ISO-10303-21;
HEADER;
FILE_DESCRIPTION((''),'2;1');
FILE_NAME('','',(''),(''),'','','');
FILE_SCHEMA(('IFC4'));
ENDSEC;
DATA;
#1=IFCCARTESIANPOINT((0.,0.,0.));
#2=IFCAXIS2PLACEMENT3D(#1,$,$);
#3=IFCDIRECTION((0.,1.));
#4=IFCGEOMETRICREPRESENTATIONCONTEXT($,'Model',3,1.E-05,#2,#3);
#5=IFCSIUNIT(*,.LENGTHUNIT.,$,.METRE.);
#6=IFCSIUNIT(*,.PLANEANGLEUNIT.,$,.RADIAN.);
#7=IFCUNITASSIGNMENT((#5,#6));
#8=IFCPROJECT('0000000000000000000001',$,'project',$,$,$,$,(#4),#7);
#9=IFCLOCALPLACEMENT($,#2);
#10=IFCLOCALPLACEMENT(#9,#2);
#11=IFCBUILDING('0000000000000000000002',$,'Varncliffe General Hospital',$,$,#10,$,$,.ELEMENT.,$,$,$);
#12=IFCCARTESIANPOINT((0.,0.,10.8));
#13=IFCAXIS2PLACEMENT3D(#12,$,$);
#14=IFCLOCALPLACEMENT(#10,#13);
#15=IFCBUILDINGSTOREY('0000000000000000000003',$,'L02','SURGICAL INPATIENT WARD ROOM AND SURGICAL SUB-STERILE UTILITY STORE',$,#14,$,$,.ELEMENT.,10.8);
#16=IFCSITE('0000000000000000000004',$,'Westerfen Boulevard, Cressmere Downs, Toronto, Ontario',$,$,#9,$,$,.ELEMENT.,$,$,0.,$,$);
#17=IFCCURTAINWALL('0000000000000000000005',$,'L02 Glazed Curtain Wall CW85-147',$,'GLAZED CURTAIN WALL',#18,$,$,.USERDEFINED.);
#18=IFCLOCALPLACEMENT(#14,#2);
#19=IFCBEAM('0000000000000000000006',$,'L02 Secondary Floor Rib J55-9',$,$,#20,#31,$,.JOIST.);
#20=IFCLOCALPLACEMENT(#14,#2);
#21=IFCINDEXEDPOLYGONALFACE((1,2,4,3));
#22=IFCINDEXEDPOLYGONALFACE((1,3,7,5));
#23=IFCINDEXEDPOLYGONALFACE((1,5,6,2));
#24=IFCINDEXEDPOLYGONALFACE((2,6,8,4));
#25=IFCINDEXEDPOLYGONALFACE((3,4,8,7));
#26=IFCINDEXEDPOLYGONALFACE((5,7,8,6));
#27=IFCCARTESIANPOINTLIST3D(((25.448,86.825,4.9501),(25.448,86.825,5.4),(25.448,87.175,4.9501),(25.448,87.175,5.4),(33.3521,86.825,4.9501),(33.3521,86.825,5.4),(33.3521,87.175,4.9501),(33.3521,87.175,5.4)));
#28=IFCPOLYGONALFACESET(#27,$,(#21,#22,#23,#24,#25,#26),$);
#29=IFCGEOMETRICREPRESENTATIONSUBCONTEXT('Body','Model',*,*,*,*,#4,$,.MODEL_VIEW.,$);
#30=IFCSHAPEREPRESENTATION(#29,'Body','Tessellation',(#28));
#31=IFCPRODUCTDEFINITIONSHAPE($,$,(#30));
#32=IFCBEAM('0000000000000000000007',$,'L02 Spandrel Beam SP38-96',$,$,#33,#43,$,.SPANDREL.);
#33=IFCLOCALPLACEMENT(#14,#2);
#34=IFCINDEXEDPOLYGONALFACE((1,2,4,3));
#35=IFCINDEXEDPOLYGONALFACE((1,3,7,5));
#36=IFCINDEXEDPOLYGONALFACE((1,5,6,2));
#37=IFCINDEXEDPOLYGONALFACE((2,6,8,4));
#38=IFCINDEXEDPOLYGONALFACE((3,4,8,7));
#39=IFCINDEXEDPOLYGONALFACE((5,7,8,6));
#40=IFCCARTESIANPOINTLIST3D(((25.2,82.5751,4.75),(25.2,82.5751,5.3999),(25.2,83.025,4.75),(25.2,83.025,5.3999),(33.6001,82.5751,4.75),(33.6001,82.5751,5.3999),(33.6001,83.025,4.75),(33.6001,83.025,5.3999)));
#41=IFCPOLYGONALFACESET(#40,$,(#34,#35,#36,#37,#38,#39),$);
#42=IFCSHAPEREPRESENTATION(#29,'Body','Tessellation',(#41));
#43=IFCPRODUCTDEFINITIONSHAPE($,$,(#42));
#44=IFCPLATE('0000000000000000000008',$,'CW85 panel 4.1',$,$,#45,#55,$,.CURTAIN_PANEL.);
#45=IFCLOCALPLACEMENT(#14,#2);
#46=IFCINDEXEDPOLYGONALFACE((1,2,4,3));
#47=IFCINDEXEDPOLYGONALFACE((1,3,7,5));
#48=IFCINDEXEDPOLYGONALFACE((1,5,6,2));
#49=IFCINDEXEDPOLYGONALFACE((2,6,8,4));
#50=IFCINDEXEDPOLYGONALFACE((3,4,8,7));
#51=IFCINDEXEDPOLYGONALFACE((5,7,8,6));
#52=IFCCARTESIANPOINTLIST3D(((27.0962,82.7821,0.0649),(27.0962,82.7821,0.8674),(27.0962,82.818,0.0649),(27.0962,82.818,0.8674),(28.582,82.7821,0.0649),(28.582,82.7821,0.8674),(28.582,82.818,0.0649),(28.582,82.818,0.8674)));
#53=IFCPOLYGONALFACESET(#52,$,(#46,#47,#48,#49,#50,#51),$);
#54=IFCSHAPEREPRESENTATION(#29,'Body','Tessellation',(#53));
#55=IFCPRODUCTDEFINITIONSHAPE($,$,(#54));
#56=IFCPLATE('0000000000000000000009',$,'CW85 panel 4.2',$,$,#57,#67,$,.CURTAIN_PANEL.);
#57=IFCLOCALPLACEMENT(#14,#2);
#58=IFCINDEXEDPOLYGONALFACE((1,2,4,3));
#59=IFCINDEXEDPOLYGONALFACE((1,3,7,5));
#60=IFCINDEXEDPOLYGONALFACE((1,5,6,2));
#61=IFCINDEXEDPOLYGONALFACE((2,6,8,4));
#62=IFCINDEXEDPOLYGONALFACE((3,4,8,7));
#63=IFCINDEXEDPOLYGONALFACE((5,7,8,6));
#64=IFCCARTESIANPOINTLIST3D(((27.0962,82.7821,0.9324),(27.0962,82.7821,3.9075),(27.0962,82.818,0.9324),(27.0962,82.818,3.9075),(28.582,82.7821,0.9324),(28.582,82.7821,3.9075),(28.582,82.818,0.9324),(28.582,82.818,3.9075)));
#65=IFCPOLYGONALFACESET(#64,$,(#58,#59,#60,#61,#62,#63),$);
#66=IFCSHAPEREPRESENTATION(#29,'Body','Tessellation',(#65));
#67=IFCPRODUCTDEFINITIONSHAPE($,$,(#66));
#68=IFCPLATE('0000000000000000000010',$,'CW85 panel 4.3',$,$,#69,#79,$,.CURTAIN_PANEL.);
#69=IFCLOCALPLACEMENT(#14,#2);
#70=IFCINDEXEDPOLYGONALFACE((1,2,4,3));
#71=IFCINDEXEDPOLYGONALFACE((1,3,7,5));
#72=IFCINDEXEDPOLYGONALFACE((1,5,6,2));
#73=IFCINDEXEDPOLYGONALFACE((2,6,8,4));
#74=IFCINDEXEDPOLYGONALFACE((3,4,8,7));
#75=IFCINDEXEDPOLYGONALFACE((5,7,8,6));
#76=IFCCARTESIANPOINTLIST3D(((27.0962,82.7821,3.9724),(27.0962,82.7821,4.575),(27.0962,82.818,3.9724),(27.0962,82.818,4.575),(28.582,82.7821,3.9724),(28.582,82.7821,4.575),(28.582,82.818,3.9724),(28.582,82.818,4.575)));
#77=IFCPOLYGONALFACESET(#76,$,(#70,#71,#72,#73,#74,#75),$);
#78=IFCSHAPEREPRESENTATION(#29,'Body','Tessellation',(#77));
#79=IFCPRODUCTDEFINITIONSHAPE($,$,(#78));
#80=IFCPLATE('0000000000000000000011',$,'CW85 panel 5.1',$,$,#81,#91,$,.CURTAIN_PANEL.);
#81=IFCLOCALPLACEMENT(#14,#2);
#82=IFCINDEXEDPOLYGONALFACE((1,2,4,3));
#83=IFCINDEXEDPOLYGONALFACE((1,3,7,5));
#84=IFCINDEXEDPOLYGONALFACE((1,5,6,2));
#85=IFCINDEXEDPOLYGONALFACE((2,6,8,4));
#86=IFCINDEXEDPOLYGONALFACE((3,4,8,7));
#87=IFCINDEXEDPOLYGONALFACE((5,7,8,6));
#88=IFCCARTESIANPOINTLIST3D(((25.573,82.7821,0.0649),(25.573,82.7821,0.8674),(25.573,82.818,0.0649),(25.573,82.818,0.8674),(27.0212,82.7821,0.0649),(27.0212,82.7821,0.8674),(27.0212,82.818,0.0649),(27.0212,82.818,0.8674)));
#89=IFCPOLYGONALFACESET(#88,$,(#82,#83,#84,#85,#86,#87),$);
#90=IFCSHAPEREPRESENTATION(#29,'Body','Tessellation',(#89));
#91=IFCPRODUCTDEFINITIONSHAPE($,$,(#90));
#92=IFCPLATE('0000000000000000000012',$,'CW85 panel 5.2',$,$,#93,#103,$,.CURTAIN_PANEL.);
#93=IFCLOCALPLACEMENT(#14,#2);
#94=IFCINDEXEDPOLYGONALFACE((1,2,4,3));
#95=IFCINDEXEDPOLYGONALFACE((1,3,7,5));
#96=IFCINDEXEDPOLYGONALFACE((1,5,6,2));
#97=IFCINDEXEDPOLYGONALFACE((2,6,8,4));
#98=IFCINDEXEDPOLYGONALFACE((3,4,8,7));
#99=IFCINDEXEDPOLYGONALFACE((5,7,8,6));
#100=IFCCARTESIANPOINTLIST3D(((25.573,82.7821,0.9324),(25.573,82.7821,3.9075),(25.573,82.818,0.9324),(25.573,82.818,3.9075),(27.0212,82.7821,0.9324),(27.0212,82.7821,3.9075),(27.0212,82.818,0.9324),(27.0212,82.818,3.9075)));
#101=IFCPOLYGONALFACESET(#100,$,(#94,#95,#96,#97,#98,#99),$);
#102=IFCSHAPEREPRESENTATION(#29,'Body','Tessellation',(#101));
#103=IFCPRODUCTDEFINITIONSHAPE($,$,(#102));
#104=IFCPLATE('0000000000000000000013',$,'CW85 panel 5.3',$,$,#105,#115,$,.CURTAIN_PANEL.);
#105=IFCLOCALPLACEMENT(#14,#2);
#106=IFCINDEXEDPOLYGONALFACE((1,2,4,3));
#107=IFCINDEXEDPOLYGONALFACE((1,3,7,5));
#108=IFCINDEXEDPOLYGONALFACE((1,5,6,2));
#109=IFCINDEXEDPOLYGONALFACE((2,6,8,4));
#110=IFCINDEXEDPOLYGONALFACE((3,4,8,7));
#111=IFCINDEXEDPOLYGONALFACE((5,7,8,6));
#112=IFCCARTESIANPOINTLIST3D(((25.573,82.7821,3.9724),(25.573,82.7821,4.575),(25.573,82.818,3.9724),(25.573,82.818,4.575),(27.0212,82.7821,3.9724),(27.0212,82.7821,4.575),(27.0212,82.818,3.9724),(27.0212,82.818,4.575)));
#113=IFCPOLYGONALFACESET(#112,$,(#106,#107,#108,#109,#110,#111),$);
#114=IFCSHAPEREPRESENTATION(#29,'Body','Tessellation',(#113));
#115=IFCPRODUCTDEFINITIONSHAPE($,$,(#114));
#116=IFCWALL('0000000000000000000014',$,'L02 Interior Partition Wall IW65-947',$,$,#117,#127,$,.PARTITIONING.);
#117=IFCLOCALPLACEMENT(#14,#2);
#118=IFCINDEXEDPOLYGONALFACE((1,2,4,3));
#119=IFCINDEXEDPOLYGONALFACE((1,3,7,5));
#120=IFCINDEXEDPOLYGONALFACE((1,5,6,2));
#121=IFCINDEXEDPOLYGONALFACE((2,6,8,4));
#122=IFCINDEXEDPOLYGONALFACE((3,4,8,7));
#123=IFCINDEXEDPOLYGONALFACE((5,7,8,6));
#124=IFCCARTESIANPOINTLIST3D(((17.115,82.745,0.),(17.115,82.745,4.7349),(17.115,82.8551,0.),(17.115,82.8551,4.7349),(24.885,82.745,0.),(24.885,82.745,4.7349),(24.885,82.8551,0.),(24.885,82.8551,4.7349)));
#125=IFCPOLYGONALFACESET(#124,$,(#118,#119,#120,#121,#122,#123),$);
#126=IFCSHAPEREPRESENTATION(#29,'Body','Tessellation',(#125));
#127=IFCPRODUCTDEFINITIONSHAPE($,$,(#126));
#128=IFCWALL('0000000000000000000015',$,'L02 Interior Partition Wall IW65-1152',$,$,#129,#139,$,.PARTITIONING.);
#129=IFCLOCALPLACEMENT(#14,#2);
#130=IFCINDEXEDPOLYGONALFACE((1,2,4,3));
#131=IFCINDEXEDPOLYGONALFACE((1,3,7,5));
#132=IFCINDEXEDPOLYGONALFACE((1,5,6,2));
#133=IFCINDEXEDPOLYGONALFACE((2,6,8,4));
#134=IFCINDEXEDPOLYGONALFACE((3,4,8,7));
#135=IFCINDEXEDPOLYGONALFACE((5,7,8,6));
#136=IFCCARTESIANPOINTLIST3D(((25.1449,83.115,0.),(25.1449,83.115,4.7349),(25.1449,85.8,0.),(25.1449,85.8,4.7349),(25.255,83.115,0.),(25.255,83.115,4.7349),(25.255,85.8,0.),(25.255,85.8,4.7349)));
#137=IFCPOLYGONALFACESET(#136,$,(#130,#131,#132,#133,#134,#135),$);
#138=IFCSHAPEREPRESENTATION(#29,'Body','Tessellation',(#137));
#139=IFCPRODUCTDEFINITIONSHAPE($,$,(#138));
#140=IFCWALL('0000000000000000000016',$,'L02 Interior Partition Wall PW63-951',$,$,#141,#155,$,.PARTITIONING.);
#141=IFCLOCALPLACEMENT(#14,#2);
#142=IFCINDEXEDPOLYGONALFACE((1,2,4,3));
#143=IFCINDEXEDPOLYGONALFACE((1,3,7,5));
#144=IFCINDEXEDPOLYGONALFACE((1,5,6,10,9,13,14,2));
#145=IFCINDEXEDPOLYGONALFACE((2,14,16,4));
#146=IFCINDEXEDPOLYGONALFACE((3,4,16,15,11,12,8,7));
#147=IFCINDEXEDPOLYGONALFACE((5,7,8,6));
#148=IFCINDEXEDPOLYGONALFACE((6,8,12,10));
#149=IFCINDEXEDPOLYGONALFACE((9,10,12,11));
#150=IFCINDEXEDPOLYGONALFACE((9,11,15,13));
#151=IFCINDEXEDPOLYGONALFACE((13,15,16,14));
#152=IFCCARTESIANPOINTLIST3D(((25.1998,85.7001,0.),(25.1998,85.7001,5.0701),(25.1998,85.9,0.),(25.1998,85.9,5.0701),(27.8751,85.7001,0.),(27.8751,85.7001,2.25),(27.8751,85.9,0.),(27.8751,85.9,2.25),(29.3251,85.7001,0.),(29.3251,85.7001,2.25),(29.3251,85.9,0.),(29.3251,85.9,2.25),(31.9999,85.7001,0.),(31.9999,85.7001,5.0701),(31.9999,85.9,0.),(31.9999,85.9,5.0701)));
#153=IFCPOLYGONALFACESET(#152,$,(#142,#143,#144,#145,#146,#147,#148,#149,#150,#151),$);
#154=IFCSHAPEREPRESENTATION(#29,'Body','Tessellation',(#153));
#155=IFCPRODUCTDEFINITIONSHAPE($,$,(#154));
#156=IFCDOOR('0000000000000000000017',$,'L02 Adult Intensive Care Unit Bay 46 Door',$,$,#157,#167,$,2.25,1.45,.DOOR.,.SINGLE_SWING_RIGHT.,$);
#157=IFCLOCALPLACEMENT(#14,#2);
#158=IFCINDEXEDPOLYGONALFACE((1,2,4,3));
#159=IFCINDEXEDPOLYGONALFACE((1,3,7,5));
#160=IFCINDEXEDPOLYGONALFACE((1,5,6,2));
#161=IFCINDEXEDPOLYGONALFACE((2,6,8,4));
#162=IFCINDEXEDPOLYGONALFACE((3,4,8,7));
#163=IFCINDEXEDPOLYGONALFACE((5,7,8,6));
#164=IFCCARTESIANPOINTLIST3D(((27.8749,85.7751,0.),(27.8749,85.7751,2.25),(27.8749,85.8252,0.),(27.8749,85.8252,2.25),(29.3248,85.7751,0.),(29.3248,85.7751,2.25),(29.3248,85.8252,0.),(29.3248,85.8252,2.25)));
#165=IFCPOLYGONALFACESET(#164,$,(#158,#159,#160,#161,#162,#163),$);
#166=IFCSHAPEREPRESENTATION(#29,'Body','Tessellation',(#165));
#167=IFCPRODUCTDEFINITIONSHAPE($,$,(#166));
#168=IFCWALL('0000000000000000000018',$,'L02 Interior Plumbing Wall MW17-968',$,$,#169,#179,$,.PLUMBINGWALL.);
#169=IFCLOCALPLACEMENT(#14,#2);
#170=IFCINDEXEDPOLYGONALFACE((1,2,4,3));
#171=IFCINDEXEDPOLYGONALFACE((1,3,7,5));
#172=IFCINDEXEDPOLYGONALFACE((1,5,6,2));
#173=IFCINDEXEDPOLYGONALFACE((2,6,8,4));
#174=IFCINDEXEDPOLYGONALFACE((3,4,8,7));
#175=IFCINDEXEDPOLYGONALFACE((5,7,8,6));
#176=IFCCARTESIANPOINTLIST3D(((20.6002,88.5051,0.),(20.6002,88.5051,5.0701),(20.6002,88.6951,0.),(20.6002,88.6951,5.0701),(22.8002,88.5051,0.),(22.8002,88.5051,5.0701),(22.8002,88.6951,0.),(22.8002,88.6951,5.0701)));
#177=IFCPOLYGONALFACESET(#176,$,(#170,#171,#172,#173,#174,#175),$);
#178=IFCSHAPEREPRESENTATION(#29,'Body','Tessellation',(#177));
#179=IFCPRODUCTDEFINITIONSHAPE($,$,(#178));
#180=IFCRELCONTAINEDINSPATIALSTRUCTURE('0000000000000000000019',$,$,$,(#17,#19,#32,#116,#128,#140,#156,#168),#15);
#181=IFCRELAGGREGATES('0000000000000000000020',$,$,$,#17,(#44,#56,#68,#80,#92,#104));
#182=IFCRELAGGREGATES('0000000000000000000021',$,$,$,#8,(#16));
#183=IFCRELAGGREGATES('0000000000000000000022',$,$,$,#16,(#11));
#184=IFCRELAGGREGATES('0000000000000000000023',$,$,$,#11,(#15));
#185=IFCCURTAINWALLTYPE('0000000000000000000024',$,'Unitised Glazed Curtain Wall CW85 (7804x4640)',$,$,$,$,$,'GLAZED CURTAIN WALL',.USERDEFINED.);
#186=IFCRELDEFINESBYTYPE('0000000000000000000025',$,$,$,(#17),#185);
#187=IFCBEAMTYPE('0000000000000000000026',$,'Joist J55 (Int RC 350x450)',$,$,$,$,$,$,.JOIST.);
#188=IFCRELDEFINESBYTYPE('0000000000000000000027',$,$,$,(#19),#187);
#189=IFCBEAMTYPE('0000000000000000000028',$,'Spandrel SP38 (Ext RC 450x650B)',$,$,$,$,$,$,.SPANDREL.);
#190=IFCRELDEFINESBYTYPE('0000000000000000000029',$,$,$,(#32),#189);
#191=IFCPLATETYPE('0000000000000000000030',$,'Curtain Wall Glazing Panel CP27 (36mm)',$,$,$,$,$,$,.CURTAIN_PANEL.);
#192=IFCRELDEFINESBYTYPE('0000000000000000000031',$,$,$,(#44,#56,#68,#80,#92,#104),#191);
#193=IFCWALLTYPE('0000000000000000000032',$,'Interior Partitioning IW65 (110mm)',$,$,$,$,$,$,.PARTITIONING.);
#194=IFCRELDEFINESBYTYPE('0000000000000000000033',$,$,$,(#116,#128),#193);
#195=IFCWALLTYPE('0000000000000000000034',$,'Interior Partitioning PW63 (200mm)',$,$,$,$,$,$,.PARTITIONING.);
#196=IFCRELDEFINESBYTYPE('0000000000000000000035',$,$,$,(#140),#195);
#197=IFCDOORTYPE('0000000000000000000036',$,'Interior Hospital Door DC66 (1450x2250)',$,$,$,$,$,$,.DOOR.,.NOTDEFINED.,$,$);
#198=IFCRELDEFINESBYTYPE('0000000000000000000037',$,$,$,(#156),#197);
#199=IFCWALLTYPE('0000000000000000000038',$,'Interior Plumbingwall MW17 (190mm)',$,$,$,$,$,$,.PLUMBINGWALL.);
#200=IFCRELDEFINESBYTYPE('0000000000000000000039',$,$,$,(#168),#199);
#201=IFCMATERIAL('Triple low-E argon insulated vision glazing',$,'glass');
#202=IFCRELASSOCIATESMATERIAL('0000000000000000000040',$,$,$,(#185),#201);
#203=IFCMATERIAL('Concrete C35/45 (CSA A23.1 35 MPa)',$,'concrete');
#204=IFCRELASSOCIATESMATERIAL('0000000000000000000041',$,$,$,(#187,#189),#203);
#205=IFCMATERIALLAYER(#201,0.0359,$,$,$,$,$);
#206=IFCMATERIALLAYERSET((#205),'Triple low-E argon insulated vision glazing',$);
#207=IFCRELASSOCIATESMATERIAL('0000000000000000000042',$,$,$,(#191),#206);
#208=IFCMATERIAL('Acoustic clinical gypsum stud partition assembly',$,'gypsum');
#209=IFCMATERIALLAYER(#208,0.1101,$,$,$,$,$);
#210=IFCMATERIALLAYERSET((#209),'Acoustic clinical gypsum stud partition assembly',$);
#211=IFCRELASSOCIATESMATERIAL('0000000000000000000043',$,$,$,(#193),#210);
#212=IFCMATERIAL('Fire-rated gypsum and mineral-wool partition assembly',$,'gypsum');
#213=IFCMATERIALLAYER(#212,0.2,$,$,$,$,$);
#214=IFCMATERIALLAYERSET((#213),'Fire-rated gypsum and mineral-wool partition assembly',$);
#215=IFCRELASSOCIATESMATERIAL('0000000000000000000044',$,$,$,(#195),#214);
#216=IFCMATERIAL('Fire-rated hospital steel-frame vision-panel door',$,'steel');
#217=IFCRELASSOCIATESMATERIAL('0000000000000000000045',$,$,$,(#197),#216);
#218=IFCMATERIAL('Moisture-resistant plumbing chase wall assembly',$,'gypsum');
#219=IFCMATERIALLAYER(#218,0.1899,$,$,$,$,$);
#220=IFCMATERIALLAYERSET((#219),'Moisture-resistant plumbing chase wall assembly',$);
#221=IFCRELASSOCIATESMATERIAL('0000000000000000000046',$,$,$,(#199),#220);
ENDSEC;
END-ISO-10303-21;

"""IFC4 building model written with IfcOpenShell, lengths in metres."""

from ifc_helpers import new_model, si_unit, direction, frame, frame_2d, origin, origin_2d, place, context, subcontext, project, spatial, rectangle, extrude, material, layer, layer_set, material_profile, profile_set, type_object, element, fill, aggregate, save


model = new_model("IFC4")

# Units and contexts
model_context = context("Model", 3, precision=1e-05, world=origin(), true_north=direction((0.0, 1.0)))
body_context = subcontext(model_context, "Body", "Model", "MODEL_VIEW")
ifc_project = project(units=[si_unit("LENGTHUNIT", "METRE"), si_unit("PLANEANGLEUNIT", "RADIAN")], contexts=[model_context])

# Site, building, storey
site_placement = place(None, origin())
site = spatial("IfcSite", under=ifc_project, at=site_placement, Name="Westerfen Boulevard, Cressmere Downs, Toronto, Ontario", CompositionType="ELEMENT", RefElevation=0.0)
building_placement = place(site_placement, origin())
building = spatial("IfcBuilding", under=site, at=building_placement, Name="Varncliffe General Hospital", CompositionType="ELEMENT")
storey_placement = place(building_placement, frame((0.0, 0.0, 10.8)))
storey = spatial("IfcBuildingStorey", under=building, at=storey_placement, Name="L02", Description="SURGICAL INPATIENT WARD ROOM AND SURGICAL SUB-STERILE UTILITY STORE", CompositionType="ELEMENT", Elevation=10.8)

# Shared definitions
ifc_material_1 = material(Name="Concrete C35/45 (CSA A23.1 35 MPa)", Category="concrete")

# Shared definitions
ifc_material_2 = material(Name="Triple low-E argon insulated vision glazing", Category="glass")

# Curtain wall
curtain_wall_type_1 = type_object("IfcCurtainWallType", Name="Unitised Glazed Curtain Wall CW85 (7804x4640)", ElementType="GLAZED CURTAIN WALL", PredefinedType="USERDEFINED", material=ifc_material_2)
curtain_wall_1_placement = place(storey_placement, origin())
curtain_wall_1 = element("IfcCurtainWall", 1, at=curtain_wall_1_placement, inside=storey, type_object=curtain_wall_type_1, Name="L02 Glazed Curtain Wall CW85-147", ObjectType="GLAZED CURTAIN WALL", PredefinedType="USERDEFINED")

# Beams
ifc_material_profile_1 = material_profile(ifc_material_1, rectangle(XDim=0.3501, YDim=0.45, at=origin_2d()), Name="RC 350x450")
ifc_profile_set_1 = profile_set([ifc_material_profile_1], Name="Concrete C35/45 (CSA A23.1 35 MPa)")
beam_type_1 = type_object("IfcBeamType", Name="Joist J55 (Int RC 350x450)", PredefinedType="JOIST", material=ifc_profile_set_1)
beam_1_placement = place(storey_placement, frame((25.448, 87.0, 5.175), z_axis=(1.0, 0.0, 0.0), x_axis=(0.0, 1.0, 0.0)))
element("IfcBeam", 2, at=beam_1_placement, inside=storey, type_object=beam_type_1, Name="L02 Secondary Floor Rib J55-9", PredefinedType="JOIST", context=body_context, shape_type="SweptSolid", body=[
    extrude(rectangle(XDim=0.3501, YDim=0.45, at=origin_2d()), origin(), (0.0, 0.0, 1.0), 7.9041),
])
ifc_material_profile_2 = material_profile(ifc_material_1, rectangle(XDim=0.45, YDim=0.6499, at=origin_2d()), Name="RC 450x650")
ifc_profile_set_2 = profile_set([ifc_material_profile_2], Name="Concrete C35/45 (CSA A23.1 35 MPa)")
beam_type_2 = type_object("IfcBeamType", Name="Spandrel SP38 (Ext RC 450x650B)", PredefinedType="SPANDREL", material=ifc_profile_set_2)
beam_2_placement = place(storey_placement, frame((25.2, 82.8, 5.075), z_axis=(1.0, 0.0, 0.0), x_axis=(0.0, 1.0, 0.0)))
element("IfcBeam", 3, at=beam_2_placement, inside=storey, type_object=beam_type_2, Name="L02 Spandrel Beam SP38-96", PredefinedType="SPANDREL", context=body_context, shape_type="SweptSolid", body=[
    extrude(rectangle(XDim=0.45, YDim=0.6499, at=origin_2d()), origin(), (0.0, 0.0, 1.0), 8.4001),
])

# Plates
ifc_layer_1 = layer(ifc_material_2, 0.0359)
ifc_layer_set_1 = layer_set([ifc_layer_1], Name="Triple low-E argon insulated vision glazing")
plate_type = type_object("IfcPlateType", Name="Curtain Wall Glazing Panel CP27 (36mm)", PredefinedType="CURTAIN_PANEL", material=ifc_layer_set_1)
plate_1_placement = place(storey_placement, frame((27.8391, 82.8, 0.0649), z_axis=(0.0, 0.0, 1.0), x_axis=(-1.0, 0.0, 0.0)))
plate_1 = element("IfcPlate", 4, at=plate_1_placement, type_object=plate_type, Name="CW85 panel 4.1", PredefinedType="CURTAIN_PANEL", context=body_context, shape_type="SweptSolid", body=[
    extrude(rectangle(XDim=1.4858, YDim=0.0359, at=origin_2d()), origin(), (0.0, 0.0, 1.0), 0.8025),
])
plate_2_placement = place(storey_placement, frame((27.8391, 82.8, 0.9324), z_axis=(0.0, 0.0, 1.0), x_axis=(-1.0, 0.0, 0.0)))
plate_2 = element("IfcPlate", 5, at=plate_2_placement, type_object=plate_type, Name="CW85 panel 4.2", PredefinedType="CURTAIN_PANEL", context=body_context, shape_type="SweptSolid", body=[
    extrude(rectangle(XDim=1.4858, YDim=0.0359, at=origin_2d()), origin(), (0.0, 0.0, 1.0), 2.9751),
])
plate_3_placement = place(storey_placement, frame((27.8391, 82.8, 3.9724), z_axis=(0.0, 0.0, 1.0), x_axis=(-1.0, 0.0, 0.0)))
plate_3 = element("IfcPlate", 6, at=plate_3_placement, type_object=plate_type, Name="CW85 panel 4.3", PredefinedType="CURTAIN_PANEL", context=body_context, shape_type="SweptSolid", body=[
    extrude(rectangle(XDim=1.4858, YDim=0.0359, at=origin_2d()), origin(), (0.0, 0.0, 1.0), 0.6025),
])
plate_4_placement = place(storey_placement, frame((26.2971, 82.8, 0.0649), z_axis=(0.0, 0.0, 1.0), x_axis=(-1.0, 0.0, 0.0)))
plate_4 = element("IfcPlate", 7, at=plate_4_placement, type_object=plate_type, Name="CW85 panel 5.1", PredefinedType="CURTAIN_PANEL", context=body_context, shape_type="SweptSolid", body=[
    extrude(rectangle(XDim=1.4482, YDim=0.0359, at=origin_2d()), origin(), (0.0, 0.0, 1.0), 0.8025),
])
plate_5_placement = place(storey_placement, frame((26.2971, 82.8, 0.9324), z_axis=(0.0, 0.0, 1.0), x_axis=(-1.0, 0.0, 0.0)))
plate_5 = element("IfcPlate", 8, at=plate_5_placement, type_object=plate_type, Name="CW85 panel 5.2", PredefinedType="CURTAIN_PANEL", context=body_context, shape_type="SweptSolid", body=[
    extrude(rectangle(XDim=1.4482, YDim=0.0359, at=origin_2d()), origin(), (0.0, 0.0, 1.0), 2.9751),
])
plate_6_placement = place(storey_placement, frame((26.2971, 82.8, 3.9724), z_axis=(0.0, 0.0, 1.0), x_axis=(-1.0, 0.0, 0.0)))
plate_6 = element("IfcPlate", 9, at=plate_6_placement, type_object=plate_type, Name="CW85 panel 5.3", PredefinedType="CURTAIN_PANEL", context=body_context, shape_type="SweptSolid", body=[
    extrude(rectangle(XDim=1.4482, YDim=0.0359, at=origin_2d()), origin(), (0.0, 0.0, 1.0), 0.6025),
])
aggregate(curtain_wall_1, [plate_1, plate_2, plate_3, plate_4, plate_5, plate_6])

# Walls
ifc_material_3 = material(Name="Acoustic clinical gypsum stud partition assembly", Category="gypsum")
ifc_layer_2 = layer(ifc_material_3, 0.1101)
ifc_layer_set_2 = layer_set([ifc_layer_2], Name="Acoustic clinical gypsum stud partition assembly")
wall_type_1 = type_object("IfcWallType", Name="Interior Partitioning IW65 (110mm)", PredefinedType="PARTITIONING", material=ifc_layer_set_2)
wall_1_placement = place(storey_placement, frame((17.115, 82.8, 0.0), z_axis=(0.0, 0.0, 1.0), x_axis=(1.0, 0.0, 0.0)))
element("IfcWall", 10, at=wall_1_placement, inside=storey, type_object=wall_type_1, Name="L02 Interior Partition Wall IW65-947", PredefinedType="PARTITIONING", context=body_context, shape_type="SweptSolid", body=[
    extrude(rectangle(XDim=7.77, YDim=0.1101, at=frame_2d((3.885, 0.0))), origin(), (0.0, 0.0, 1.0), 4.7349),
])
wall_2_placement = place(storey_placement, frame((25.2, 83.115, 0.0), z_axis=(0.0, 0.0, 1.0), x_axis=(0.0, 1.0, 0.0)))
element("IfcWall", 11, at=wall_2_placement, inside=storey, type_object=wall_type_1, Name="L02 Interior Partition Wall IW65-1152", PredefinedType="PARTITIONING", context=body_context, shape_type="SweptSolid", body=[
    extrude(rectangle(XDim=2.6851, YDim=0.1101, at=frame_2d((1.3425, 0.0))), origin(), (0.0, 0.0, 1.0), 4.7349),
])

# Wall, opening, door
ifc_material_4 = material(Name="Fire-rated gypsum and mineral-wool partition assembly", Category="gypsum")
ifc_layer_3 = layer(ifc_material_4, 0.2)
ifc_layer_set_3 = layer_set([ifc_layer_3], Name="Fire-rated gypsum and mineral-wool partition assembly")
wall_type_2 = type_object("IfcWallType", Name="Interior Partitioning PW63 (200mm)", PredefinedType="PARTITIONING", material=ifc_layer_set_3)
wall_3_placement = place(storey_placement, frame((25.2, 85.8, 0.0), z_axis=(0.0, 0.0, 1.0), x_axis=(1.0, 0.0, 0.0)))
wall_3 = element("IfcWall", 12, at=wall_3_placement, inside=storey, type_object=wall_type_2, Name="L02 Interior Partition Wall PW63-951", PredefinedType="PARTITIONING", context=body_context, shape_type="SweptSolid", body=[
    extrude(rectangle(XDim=6.8, YDim=0.2, at=frame_2d((3.3999, 0.0))), origin(), (0.0, 0.0, 1.0), 5.0701),
])
opening_placement = place(wall_3_placement, frame((2.675, 0.0, 0.0)))
opening = element("IfcOpeningElement", 13, at=opening_placement, cuts=wall_3, PredefinedType="OPENING", context=body_context, shape_type="SweptSolid", body=[
    extrude(rectangle(XDim=1.45, YDim=2.25, at=frame_2d((0.7251, 1.125))), frame((0.0, 0.1099, 0.0), z_axis=(0.0, -1.0, 0.0), x_axis=(1.0, 0.0, 0.0)), (0.0, 0.0, 1.0), 0.22),
])
ifc_material_5 = material(Name="Fire-rated hospital steel-frame vision-panel door", Category="steel")
door_type = type_object("IfcDoorType", Name="Interior Hospital Door DC66 (1450x2250)", OperationType="NOTDEFINED", PredefinedType="DOOR", material=ifc_material_5)
door_placement = place(opening_placement, frame((1.45, 0.0, 0.0), z_axis=(0.0, 0.0, 1.0), x_axis=(-1.0, 0.0, 0.0)))
door = element("IfcDoor", 14, at=door_placement, inside=storey, type_object=door_type, Name="L02 Adult Intensive Care Unit Bay 46 Door", OperationType="SINGLE_SWING_RIGHT", OverallHeight=2.25, OverallWidth=1.45, PredefinedType="DOOR", context=body_context, shape_type="SweptSolid", body=[
    extrude(rectangle(XDim=1.45, YDim=2.25, at=frame_2d((0.7251, 1.125))), frame((0.0, 0.0249, 0.0), z_axis=(0.0, -1.0, 0.0), x_axis=(1.0, 0.0, 0.0)), (0.0, 0.0, 1.0), 0.05),
])
fill(opening, door)

# Wall
ifc_material_6 = material(Name="Moisture-resistant plumbing chase wall assembly", Category="gypsum")
ifc_layer_4 = layer(ifc_material_6, 0.1899)
ifc_layer_set_4 = layer_set([ifc_layer_4], Name="Moisture-resistant plumbing chase wall assembly")
wall_type_3 = type_object("IfcWallType", Name="Interior Plumbingwall MW17 (190mm)", PredefinedType="PLUMBINGWALL", material=ifc_layer_set_4)
wall_4_placement = place(storey_placement, frame((20.6001, 88.6001, 0.0), z_axis=(0.0, 0.0, 1.0), x_axis=(1.0, 0.0, 0.0)))
element("IfcWall", 15, at=wall_4_placement, inside=storey, type_object=wall_type_3, Name="L02 Interior Plumbing Wall MW17-968", PredefinedType="PLUMBINGWALL", context=body_context, shape_type="SweptSolid", body=[
    extrude(rectangle(XDim=2.2, YDim=0.1899, at=frame_2d((1.1001, 0.0))), origin(), (0.0, 0.0, 1.0), 5.0701),
])

save(model, "model.ifc")
